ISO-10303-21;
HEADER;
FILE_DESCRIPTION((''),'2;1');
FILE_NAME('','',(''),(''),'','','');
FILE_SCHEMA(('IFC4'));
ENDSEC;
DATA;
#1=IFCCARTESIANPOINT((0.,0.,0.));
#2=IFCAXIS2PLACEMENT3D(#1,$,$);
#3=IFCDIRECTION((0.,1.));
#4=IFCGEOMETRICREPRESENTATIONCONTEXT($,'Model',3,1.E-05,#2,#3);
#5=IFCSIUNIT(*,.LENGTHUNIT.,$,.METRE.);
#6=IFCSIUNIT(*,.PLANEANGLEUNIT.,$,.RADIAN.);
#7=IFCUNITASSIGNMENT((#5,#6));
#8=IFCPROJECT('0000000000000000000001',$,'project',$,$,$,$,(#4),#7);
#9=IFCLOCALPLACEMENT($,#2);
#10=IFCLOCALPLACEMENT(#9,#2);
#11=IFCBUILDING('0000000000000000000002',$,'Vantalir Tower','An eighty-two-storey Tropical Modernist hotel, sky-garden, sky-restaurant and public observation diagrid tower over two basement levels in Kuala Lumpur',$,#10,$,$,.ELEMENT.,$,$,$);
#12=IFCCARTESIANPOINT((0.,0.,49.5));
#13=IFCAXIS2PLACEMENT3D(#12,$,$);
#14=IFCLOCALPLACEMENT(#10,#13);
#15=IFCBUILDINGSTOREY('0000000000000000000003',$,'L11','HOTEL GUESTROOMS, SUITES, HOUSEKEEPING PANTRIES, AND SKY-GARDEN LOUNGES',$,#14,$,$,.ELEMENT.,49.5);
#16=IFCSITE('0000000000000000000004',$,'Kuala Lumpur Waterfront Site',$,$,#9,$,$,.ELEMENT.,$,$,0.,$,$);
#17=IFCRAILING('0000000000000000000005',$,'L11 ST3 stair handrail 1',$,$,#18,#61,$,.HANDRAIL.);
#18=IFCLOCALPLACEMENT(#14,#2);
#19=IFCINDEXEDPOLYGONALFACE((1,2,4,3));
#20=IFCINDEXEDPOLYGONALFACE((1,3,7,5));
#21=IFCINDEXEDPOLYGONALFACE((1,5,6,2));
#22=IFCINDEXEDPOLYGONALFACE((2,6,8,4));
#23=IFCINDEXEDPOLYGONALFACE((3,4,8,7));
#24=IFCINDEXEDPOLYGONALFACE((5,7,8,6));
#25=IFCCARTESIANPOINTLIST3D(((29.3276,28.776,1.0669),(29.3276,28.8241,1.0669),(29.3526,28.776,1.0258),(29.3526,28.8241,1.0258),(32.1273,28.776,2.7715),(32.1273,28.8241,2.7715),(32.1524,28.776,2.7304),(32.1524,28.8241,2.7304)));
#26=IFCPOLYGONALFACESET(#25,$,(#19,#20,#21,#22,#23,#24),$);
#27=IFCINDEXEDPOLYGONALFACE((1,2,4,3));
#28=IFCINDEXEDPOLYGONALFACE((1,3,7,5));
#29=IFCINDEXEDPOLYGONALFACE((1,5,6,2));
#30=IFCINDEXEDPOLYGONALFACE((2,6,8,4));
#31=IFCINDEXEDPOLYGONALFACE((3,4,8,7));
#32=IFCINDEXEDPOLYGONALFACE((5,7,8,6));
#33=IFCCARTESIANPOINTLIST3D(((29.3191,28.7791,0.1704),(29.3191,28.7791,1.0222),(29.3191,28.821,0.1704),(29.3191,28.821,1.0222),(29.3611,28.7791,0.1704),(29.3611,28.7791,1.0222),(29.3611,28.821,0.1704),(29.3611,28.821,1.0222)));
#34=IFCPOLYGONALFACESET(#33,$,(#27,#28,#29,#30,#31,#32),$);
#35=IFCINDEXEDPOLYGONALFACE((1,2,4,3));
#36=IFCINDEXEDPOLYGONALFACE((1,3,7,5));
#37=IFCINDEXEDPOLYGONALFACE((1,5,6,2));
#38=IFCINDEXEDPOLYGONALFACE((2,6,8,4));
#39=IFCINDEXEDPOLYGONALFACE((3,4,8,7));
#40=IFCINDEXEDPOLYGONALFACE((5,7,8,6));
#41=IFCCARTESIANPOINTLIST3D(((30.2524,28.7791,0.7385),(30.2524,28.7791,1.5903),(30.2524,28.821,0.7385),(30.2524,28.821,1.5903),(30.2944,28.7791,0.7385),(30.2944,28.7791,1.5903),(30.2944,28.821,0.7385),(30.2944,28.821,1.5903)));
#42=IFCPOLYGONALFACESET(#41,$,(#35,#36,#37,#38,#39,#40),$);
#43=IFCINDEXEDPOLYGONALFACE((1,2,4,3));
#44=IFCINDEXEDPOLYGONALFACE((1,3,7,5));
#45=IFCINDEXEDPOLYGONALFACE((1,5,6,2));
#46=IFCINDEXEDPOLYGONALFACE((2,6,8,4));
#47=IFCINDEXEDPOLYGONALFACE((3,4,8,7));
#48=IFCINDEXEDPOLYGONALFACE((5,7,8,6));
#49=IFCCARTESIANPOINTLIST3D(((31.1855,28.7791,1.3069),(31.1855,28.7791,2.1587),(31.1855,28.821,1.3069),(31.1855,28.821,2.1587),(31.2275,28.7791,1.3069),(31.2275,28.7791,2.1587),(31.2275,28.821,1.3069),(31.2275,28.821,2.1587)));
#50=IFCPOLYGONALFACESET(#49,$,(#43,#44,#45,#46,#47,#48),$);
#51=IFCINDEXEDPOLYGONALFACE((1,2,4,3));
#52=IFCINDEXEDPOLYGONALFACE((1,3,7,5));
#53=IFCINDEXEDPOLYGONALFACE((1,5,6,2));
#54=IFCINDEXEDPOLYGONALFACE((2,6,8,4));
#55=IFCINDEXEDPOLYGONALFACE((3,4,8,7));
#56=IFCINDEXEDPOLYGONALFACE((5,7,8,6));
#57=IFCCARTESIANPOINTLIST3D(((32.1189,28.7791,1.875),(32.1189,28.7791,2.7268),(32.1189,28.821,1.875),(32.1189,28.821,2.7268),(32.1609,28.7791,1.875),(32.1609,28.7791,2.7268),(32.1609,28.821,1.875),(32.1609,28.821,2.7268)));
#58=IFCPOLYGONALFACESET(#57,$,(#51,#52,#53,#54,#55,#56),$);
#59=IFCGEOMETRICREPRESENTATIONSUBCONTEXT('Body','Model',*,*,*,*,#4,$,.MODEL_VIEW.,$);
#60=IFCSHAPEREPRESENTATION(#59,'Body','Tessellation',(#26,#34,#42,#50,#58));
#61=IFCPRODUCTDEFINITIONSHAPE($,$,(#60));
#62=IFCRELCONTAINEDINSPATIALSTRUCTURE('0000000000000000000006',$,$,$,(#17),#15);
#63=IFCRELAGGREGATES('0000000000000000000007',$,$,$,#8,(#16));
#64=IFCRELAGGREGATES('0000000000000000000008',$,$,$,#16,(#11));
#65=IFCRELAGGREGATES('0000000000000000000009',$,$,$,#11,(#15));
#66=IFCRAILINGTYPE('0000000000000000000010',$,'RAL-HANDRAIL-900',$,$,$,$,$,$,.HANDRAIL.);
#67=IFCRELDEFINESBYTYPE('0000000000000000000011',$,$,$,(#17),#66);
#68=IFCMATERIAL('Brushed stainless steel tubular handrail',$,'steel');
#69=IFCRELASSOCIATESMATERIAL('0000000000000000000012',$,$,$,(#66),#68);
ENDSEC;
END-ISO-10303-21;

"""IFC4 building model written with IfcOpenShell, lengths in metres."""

from ifc_helpers import new_model, si_unit, direction, frame, origin, origin_2d, place, context, subcontext, project, spatial, rectangle, extrude, material, type_object, element, save


model = new_model("IFC4")

# Units and contexts
model_context = context("Model", 3, precision=1e-05, world=origin(), true_north=direction((0.0, 1.0)))
body_context = subcontext(model_context, "Body", "Model", "MODEL_VIEW")
ifc_project = project(units=[si_unit("LENGTHUNIT", "METRE"), si_unit("PLANEANGLEUNIT", "RADIAN")], contexts=[model_context])

# Site, building, storey
site_placement = place(None, origin())
site = spatial("IfcSite", under=ifc_project, at=site_placement, Name="Kuala Lumpur Waterfront Site", CompositionType="ELEMENT", RefElevation=0.0)
building_placement = place(site_placement, origin())
building = spatial("IfcBuilding", under=site, at=building_placement, Name="Vantalir Tower", Description="An eighty-two-storey Tropical Modernist hotel, sky-garden, sky-restaurant and public observation diagrid tower over two basement levels in Kuala Lumpur", CompositionType="ELEMENT")
storey_placement = place(building_placement, frame((0.0, 0.0, 49.5)))
storey = spatial("IfcBuildingStorey", under=building, at=storey_placement, Name="L11", Description="HOTEL GUESTROOMS, SUITES, HOUSEKEEPING PANTRIES, AND SKY-GARDEN LOUNGES", CompositionType="ELEMENT", Elevation=49.5)

# Railing
ifc_material_1 = material(Name="Brushed stainless steel tubular handrail", Category="steel")
railing_type_1 = type_object("IfcRailingType", Name="RAL-HANDRAIL-900", PredefinedType="HANDRAIL", material=ifc_material_1)
railing_1_placement = place(storey_placement, frame((29.3401, 28.8, 0.1704)))
element("IfcRailing", 1, at=railing_1_placement, inside=storey, type_object=railing_type_1, Name="L11 ST3 stair handrail 1", PredefinedType="HANDRAIL", context=body_context, shape_type="SweptSolid", body=[
    extrude(rectangle(XDim=0.0481, YDim=0.0481, at=origin_2d()), frame((0.0, 0.0, 0.876), z_axis=(0.85415, 0.0, 0.520027), x_axis=(0.0, 1.0, 0.0)), (0.0, 0.0, 1.0), 3.2778),
    extrude(rectangle(XDim=0.042, YDim=0.042, at=origin_2d()), origin(), (0.0, 0.0, 1.0), 0.8518),
    extrude(rectangle(XDim=0.042, YDim=0.042, at=origin_2d()), frame((0.9333, 0.0, 0.5681)), (0.0, 0.0, 1.0), 0.8518),
    extrude(rectangle(XDim=0.042, YDim=0.042, at=origin_2d()), frame((1.8665, 0.0, 1.1365)), (0.0, 0.0, 1.0), 0.8518),
    extrude(rectangle(XDim=0.042, YDim=0.042, at=origin_2d()), frame((2.7998, 0.0, 1.7046)), (0.0, 0.0, 1.0), 0.8518),
])

save(model, "model.ifc")
